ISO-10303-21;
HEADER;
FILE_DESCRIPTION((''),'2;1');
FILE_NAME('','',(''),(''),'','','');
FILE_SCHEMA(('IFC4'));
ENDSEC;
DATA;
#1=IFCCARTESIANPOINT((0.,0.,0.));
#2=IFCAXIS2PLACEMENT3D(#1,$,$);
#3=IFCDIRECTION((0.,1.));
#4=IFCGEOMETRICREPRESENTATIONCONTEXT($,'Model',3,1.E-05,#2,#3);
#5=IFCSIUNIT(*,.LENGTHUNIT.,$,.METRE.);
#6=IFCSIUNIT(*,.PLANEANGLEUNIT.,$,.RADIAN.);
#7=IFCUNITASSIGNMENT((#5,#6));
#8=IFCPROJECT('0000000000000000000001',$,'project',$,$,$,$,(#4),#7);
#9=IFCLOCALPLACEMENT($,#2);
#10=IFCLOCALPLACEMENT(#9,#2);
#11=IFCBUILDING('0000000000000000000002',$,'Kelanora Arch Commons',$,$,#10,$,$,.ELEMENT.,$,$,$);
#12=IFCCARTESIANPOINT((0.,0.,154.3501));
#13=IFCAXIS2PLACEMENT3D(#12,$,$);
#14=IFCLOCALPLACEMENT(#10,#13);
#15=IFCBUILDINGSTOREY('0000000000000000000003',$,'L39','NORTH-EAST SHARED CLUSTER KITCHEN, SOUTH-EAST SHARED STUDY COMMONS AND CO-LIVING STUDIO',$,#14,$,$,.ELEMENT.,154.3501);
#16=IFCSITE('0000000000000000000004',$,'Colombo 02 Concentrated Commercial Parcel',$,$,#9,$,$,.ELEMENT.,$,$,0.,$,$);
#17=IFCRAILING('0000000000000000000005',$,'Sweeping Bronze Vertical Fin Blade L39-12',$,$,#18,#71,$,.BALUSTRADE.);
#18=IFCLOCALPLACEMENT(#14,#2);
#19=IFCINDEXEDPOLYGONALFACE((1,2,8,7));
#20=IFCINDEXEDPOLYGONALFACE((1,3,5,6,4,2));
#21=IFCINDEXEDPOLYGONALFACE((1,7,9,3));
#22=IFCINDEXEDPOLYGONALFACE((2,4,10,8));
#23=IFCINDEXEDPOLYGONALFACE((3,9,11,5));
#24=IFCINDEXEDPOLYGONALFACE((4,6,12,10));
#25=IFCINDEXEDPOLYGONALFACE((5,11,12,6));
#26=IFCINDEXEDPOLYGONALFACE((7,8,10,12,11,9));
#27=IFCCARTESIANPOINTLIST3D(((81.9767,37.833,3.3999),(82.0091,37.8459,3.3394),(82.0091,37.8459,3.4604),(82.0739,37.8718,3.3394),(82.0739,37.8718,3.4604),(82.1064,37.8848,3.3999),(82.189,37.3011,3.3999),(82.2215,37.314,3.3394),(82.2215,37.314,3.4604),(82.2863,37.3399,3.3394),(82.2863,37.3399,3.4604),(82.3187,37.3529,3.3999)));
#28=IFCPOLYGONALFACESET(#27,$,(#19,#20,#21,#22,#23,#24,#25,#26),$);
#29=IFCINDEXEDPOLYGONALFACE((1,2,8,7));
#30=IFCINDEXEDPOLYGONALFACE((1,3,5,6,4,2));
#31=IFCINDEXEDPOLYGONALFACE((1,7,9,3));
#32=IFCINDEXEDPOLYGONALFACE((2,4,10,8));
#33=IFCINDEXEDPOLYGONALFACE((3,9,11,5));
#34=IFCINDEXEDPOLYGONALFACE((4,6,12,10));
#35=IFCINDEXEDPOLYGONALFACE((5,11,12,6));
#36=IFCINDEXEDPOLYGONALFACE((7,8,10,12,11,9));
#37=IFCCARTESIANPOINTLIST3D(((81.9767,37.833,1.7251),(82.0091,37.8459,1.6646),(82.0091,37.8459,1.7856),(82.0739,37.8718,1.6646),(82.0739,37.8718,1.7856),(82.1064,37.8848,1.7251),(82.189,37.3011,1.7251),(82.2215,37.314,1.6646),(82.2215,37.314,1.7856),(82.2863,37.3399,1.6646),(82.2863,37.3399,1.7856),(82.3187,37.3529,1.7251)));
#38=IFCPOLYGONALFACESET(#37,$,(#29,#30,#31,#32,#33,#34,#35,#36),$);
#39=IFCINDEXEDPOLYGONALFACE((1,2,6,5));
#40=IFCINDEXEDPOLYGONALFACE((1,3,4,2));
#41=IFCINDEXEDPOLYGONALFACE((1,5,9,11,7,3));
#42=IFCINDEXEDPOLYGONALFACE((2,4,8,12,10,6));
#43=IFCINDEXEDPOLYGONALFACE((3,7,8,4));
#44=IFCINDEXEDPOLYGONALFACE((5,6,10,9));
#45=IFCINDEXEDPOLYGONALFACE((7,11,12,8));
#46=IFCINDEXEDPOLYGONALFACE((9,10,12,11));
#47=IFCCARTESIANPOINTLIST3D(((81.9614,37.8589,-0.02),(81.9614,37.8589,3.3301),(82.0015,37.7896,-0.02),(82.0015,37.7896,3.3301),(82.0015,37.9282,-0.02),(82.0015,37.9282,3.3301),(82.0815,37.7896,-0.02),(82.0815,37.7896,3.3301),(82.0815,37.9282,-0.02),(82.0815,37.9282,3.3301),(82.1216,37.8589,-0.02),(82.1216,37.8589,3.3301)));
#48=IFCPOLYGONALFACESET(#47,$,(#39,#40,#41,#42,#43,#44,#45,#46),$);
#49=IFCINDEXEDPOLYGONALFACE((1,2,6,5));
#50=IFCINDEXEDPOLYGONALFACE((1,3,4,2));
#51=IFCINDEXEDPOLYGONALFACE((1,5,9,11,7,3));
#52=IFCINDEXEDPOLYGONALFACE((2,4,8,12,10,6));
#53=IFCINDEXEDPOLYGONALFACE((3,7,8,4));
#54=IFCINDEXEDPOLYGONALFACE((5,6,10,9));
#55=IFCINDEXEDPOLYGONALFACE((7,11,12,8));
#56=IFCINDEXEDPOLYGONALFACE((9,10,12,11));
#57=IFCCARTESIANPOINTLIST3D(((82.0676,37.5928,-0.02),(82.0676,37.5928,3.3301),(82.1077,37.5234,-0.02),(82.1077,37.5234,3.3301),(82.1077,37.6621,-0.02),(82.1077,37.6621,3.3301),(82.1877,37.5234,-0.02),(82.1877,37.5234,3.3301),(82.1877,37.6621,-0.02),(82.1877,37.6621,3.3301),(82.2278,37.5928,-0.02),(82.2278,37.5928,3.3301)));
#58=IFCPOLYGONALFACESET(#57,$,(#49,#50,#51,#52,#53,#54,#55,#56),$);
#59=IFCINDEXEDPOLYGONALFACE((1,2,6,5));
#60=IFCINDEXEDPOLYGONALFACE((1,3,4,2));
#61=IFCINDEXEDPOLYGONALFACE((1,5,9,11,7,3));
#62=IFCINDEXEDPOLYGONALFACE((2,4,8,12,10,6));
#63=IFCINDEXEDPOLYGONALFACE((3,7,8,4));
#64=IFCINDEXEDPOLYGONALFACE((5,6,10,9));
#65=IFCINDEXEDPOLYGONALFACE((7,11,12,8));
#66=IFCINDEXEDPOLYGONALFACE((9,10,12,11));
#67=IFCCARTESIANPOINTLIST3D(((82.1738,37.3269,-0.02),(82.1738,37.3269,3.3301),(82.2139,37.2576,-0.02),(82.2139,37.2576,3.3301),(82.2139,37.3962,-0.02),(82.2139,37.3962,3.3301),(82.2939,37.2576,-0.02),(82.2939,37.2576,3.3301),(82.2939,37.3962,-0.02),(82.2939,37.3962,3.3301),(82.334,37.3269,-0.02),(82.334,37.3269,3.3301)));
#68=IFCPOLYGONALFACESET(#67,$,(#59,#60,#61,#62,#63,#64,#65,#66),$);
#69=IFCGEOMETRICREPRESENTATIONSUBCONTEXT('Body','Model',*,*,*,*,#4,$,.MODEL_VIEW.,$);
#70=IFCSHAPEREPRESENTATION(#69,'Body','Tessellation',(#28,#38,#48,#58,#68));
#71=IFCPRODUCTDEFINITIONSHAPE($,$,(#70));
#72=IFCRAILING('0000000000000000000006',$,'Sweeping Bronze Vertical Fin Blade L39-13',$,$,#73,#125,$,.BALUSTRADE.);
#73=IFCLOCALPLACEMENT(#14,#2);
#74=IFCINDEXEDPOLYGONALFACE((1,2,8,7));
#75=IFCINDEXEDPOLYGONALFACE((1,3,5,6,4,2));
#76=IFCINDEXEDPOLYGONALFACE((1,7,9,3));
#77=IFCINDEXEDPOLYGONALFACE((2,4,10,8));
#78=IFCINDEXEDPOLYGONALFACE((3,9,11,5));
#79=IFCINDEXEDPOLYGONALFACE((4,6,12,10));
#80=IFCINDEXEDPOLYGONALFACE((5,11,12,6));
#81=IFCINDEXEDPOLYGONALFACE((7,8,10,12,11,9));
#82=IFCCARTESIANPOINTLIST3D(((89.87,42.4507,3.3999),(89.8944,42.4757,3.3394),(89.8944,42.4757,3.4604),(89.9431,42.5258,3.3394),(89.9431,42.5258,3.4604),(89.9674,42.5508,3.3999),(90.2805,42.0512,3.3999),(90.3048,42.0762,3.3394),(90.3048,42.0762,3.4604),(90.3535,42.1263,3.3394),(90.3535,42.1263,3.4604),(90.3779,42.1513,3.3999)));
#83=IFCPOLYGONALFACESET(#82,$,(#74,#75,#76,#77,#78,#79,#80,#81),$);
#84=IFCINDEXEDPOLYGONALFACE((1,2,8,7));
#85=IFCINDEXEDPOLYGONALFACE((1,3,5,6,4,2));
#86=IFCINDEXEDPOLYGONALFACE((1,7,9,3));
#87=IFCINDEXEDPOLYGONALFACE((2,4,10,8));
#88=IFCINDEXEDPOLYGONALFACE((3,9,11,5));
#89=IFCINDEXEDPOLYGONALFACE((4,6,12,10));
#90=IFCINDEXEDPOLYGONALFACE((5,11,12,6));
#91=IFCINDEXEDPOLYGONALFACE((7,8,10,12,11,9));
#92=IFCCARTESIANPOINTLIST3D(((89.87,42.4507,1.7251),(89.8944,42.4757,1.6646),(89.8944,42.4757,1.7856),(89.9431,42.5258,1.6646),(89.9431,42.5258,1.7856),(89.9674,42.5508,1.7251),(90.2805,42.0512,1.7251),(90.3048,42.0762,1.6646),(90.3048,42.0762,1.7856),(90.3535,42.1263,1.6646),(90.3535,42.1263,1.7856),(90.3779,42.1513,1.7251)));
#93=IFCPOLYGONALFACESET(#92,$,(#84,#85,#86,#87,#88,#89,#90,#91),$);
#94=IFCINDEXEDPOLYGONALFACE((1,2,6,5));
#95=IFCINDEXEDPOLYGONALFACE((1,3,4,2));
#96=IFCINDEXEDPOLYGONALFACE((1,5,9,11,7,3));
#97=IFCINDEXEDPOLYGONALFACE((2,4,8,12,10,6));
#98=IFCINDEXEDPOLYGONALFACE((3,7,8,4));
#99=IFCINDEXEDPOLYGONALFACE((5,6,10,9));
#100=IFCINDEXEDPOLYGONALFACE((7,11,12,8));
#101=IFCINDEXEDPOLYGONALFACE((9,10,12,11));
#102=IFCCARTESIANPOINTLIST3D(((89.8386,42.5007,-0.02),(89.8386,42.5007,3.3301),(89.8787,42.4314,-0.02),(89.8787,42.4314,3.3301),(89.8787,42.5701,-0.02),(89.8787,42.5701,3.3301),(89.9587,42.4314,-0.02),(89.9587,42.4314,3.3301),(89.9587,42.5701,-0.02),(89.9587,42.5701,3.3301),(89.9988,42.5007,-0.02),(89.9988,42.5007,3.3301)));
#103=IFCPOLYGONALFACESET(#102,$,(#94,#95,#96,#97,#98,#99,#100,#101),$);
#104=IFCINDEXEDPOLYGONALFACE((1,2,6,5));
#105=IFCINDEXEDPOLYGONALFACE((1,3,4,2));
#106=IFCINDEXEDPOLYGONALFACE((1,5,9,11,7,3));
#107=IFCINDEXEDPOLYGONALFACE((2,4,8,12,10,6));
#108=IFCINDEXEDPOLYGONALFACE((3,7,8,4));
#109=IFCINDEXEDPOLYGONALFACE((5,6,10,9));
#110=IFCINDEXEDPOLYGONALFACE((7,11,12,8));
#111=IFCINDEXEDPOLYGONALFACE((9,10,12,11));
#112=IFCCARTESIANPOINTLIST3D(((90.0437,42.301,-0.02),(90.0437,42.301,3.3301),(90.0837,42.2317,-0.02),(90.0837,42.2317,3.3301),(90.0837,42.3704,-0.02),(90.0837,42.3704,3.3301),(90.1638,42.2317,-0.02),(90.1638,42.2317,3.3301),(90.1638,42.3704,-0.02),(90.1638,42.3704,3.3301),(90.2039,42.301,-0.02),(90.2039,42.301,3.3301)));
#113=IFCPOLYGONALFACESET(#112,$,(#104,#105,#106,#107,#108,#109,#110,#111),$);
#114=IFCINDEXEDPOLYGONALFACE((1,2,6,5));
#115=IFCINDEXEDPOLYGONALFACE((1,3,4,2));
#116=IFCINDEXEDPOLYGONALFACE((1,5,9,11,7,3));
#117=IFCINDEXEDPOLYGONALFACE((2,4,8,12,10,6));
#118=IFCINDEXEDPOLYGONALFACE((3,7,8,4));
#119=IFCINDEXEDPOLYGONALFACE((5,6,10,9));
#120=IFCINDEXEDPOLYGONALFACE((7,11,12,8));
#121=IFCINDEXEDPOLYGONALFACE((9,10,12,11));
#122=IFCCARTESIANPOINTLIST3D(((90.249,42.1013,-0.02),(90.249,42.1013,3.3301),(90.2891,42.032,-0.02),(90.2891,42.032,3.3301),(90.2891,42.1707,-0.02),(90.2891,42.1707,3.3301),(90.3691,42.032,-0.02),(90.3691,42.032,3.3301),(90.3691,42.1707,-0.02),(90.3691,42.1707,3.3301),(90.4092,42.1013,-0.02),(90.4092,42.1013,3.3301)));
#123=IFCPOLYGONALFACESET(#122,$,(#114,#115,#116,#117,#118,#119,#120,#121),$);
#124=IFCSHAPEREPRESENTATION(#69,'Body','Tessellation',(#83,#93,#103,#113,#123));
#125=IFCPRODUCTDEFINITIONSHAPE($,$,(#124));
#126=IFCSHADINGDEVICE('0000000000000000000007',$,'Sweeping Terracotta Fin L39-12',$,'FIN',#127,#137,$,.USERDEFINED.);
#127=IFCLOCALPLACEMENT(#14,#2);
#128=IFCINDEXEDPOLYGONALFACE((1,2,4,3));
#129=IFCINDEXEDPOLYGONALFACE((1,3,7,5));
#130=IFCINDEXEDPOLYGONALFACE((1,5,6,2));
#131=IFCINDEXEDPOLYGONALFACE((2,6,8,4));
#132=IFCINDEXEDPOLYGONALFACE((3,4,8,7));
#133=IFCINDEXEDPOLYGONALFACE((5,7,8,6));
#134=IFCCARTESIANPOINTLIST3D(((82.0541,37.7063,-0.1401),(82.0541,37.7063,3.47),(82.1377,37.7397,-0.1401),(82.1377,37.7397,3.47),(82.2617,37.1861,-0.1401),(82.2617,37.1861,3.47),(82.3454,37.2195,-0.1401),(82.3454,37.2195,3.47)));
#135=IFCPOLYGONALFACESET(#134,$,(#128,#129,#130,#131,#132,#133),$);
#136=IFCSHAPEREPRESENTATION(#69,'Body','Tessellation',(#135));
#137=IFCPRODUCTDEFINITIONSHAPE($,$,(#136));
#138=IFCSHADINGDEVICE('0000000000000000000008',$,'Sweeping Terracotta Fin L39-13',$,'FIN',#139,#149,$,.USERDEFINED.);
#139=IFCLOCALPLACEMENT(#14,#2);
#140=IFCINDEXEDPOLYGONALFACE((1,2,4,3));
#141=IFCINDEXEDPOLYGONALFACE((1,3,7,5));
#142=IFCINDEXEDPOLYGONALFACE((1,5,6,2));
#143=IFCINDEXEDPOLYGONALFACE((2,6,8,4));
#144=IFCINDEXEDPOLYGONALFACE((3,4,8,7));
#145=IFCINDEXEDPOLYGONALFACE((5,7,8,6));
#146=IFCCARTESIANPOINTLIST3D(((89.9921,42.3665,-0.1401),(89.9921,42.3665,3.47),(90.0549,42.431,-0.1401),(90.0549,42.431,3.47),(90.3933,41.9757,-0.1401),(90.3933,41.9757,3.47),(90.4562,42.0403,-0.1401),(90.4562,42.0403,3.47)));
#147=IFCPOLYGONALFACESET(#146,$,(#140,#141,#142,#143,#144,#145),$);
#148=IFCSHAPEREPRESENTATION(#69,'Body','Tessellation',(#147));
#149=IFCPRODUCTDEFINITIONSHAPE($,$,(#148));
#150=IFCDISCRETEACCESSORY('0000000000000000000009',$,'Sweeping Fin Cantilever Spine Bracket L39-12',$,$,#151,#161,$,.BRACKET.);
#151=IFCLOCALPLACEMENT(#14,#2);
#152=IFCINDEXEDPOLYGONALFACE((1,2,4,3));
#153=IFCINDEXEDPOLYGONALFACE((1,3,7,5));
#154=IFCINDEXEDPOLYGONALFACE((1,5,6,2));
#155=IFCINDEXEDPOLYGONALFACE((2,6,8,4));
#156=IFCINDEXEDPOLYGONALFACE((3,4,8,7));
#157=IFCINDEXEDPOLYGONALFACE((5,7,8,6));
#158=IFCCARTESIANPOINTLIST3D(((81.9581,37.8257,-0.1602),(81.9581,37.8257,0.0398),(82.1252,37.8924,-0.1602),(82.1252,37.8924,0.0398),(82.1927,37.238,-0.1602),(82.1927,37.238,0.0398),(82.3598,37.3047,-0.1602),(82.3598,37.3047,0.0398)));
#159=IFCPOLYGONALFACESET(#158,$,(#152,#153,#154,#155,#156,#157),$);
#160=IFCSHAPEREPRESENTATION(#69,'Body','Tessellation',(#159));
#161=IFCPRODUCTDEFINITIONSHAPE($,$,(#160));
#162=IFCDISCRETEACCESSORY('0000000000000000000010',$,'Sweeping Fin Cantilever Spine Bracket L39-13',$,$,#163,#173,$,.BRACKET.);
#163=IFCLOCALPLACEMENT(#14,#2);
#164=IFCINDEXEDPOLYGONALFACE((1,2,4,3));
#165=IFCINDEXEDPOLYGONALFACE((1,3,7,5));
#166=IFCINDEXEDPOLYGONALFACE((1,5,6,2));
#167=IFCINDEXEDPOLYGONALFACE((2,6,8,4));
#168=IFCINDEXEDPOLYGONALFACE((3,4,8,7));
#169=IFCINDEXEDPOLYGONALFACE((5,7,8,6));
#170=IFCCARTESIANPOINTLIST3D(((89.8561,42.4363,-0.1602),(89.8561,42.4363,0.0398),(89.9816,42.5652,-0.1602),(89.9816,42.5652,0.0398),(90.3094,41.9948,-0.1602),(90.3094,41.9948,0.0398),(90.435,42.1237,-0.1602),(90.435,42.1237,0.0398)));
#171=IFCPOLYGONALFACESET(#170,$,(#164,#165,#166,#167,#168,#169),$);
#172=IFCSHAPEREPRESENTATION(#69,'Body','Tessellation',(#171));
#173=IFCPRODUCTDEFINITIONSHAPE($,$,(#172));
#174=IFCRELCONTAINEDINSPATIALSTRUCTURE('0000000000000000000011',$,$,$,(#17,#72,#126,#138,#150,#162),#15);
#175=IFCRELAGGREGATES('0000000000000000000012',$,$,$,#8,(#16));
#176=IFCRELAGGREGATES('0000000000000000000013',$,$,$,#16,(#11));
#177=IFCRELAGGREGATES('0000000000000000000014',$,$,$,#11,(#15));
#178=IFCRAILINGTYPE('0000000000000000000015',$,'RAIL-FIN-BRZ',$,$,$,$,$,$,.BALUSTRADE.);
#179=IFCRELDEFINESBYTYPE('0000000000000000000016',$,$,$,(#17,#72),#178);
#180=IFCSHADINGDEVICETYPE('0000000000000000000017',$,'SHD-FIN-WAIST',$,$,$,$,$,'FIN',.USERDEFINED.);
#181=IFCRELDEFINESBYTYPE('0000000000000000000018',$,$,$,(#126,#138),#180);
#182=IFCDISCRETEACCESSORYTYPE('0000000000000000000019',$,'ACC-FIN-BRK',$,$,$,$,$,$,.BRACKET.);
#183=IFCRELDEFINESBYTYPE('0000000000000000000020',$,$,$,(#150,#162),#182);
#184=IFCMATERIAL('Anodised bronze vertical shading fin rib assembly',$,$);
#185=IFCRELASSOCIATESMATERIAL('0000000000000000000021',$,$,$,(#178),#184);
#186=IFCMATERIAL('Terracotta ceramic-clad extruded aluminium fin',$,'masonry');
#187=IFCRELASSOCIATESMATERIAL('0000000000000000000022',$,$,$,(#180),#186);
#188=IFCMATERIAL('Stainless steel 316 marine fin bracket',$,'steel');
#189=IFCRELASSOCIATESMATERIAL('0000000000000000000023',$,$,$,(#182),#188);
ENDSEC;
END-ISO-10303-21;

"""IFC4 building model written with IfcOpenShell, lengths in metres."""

from ifc_helpers import new_model, si_unit, direction, frame, origin, origin_2d, place, context, subcontext, project, spatial, polyline, rectangle, outline, extrude, source, transform, mapped, material, type_object, element, save


model = new_model("IFC4")

# Units and contexts
model_context = context("Model", 3, precision=1e-05, world=origin(), true_north=direction((0.0, 1.0)))
body_context = subcontext(model_context, "Body", "Model", "MODEL_VIEW")
ifc_project = project(units=[si_unit("LENGTHUNIT", "METRE"), si_unit("PLANEANGLEUNIT", "RADIAN")], contexts=[model_context])

# Site, building, storey
site_placement = place(None, origin())
site = spatial("IfcSite", under=ifc_project, at=site_placement, Name="Colombo 02 Concentrated Commercial Parcel", CompositionType="ELEMENT", RefElevation=0.0)
building_placement = place(site_placement, origin())
building = spatial("IfcBuilding", under=site, at=building_placement, Name="Kelanora Arch Commons", CompositionType="ELEMENT")
storey_placement = place(building_placement, frame((0.0, 0.0, 154.3501)))
storey = spatial("IfcBuildingStorey", under=building, at=storey_placement, Name="L39", Description="NORTH-EAST SHARED CLUSTER KITCHEN, SOUTH-EAST SHARED STUDY COMMONS AND CO-LIVING STUDIO", CompositionType="ELEMENT", Elevation=154.3501)

# Railings
ifc_material_1 = material(Name="Anodised bronze vertical shading fin rib assembly")
railing_type = type_object("IfcRailingType", Name="RAIL-FIN-BRZ", PredefinedType="BALUSTRADE", material=ifc_material_1)
railing_1_placement = place(storey_placement, frame((82.0415, 37.8589, -0.02)))
element("IfcRailing", 1, at=railing_1_placement, inside=storey, type_object=railing_type, Name="Sweeping Bronze Vertical Fin Blade L39-12", PredefinedType="BALUSTRADE", context=body_context, shape_type="SweptSolid", body=[
    extrude(outline(polyline([(0.0698, 0.0), (0.0349, 0.0605), (-0.0349, 0.0605), (-0.0698, 0.0), (-0.0349, -0.0605), (0.0349, -0.0605), (0.0698, 0.0)])), frame((0.0, 0.0, 3.4199), z_axis=(0.370803, -0.928712, 0.0), x_axis=(0.928712, 0.370803, 0.0)), (0.0, 0.0, 1.0), 0.5728),
    extrude(outline(polyline([(0.0698, 0.0), (0.0349, 0.0605), (-0.0349, 0.0605), (-0.0698, 0.0), (-0.0349, -0.0605), (0.0349, -0.0605), (0.0698, 0.0)])), frame((0.0, 0.0, 1.7451), z_axis=(0.370803, -0.928712, 0.0), x_axis=(0.928712, 0.370803, 0.0)), (0.0, 0.0, 1.0), 0.5728),
    extrude(outline(polyline([(0.0801, 0.0), (0.04, 0.0693), (-0.04, 0.0693), (-0.0801, 0.0), (-0.04, -0.0693), (0.04, -0.0693), (0.0801, 0.0)])), origin(), (0.0, 0.0, 1.0), 3.3501),
    extrude(outline(polyline([(0.0801, 0.0), (0.04, 0.0693), (-0.04, 0.0693), (-0.0801, 0.0), (-0.04, -0.0693), (0.04, -0.0693), (0.0801, 0.0)])), frame((0.1062, -0.2661, 0.0)), (0.0, 0.0, 1.0), 3.3501),
    extrude(outline(polyline([(0.0801, 0.0), (0.04, 0.0693), (-0.04, 0.0693), (-0.0801, 0.0), (-0.04, -0.0693), (0.04, -0.0693), (0.0801, 0.0)])), frame((0.2124, -0.532, 0.0)), (0.0, 0.0, 1.0), 3.3501),
])
railing_2_placement = place(storey_placement, frame((89.9187, 42.5007, -0.02)))
element("IfcRailing", 2, at=railing_2_placement, inside=storey, type_object=railing_type, Name="Sweeping Bronze Vertical Fin Blade L39-13", PredefinedType="BALUSTRADE", context=body_context, shape_type="SweptSolid", body=[
    extrude(outline(polyline([(0.0698, 0.0), (0.0349, 0.0605), (-0.0349, 0.0605), (-0.0698, 0.0), (-0.0349, -0.0605), (0.0349, -0.0605), (0.0698, 0.0)])), frame((0.0, 0.0, 3.4199), z_axis=(0.716634, -0.69745, 0.0), x_axis=(0.69745, 0.716634, 0.0)), (0.0, 0.0, 1.0), 0.5728),
    extrude(outline(polyline([(0.0698, 0.0), (0.0349, 0.0605), (-0.0349, 0.0605), (-0.0698, 0.0), (-0.0349, -0.0605), (0.0349, -0.0605), (0.0698, 0.0)])), frame((0.0, 0.0, 1.7451), z_axis=(0.716634, -0.69745, 0.0), x_axis=(0.69745, 0.716634, 0.0)), (0.0, 0.0, 1.0), 0.5728),
    extrude(outline(polyline([(0.0801, 0.0), (0.04, 0.0693), (-0.04, 0.0693), (-0.0801, 0.0), (-0.04, -0.0693), (0.04, -0.0693), (0.0801, 0.0)])), origin(), (0.0, 0.0, 1.0), 3.3501),
    extrude(outline(polyline([(0.0801, 0.0), (0.04, 0.0693), (-0.04, 0.0693), (-0.0801, 0.0), (-0.04, -0.0693), (0.04, -0.0693), (0.0801, 0.0)])), frame((0.2051, -0.1997, 0.0)), (0.0, 0.0, 1.0), 3.3501),
    extrude(outline(polyline([(0.0801, 0.0), (0.04, 0.0693), (-0.04, 0.0693), (-0.0801, 0.0), (-0.04, -0.0693), (0.04, -0.0693), (0.0801, 0.0)])), frame((0.4104, -0.3994, 0.0)), (0.0, 0.0, 1.0), 3.3501),
])

# Shading devices
ifc_material_2 = material(Name="Terracotta ceramic-clad extruded aluminium fin", Category="masonry")
shading_device_type = type_object("IfcShadingDeviceType", Name="SHD-FIN-WAIST", ElementType="FIN", PredefinedType="USERDEFINED", material=ifc_material_2)
shared_shape_1 = source(origin(), body_context, "Body", "SweptSolid", [
    extrude(rectangle(XDim=0.5601, YDim=0.0901, at=origin_2d()), origin(), (0.0, 0.0, 1.0), 3.6101),
])
for number, where, z_axis, x_axis, name in (
    (3, (82.1997, 37.4629, -0.1401), (0.0, 0.0, 1.0), (0.37072, -0.928745, 0.0), "Sweeping Terracotta Fin L39-12"),
    (4, (90.2241, 42.2034, -0.1401), (0.0, 0.0, 1.0), (0.716424, -0.697665, 0.0), "Sweeping Terracotta Fin L39-13"),
):
    element("IfcShadingDevice", number, at=place(storey_placement, frame(where, z_axis=z_axis, x_axis=x_axis)), inside=storey, type_object=shading_device_type, Name=name, ObjectType="FIN", PredefinedType="USERDEFINED", context=body_context, shape_type="MappedRepresentation", body=[
        mapped(shared_shape_1, transform((0.0, 0.0, 0.0), scale=1.0)),
    ])

# Discrete accessories
ifc_material_3 = material(Name="Stainless steel 316 marine fin bracket", Category="steel")
discrete_accessory_type = type_object("IfcDiscreteAccessoryType", Name="ACC-FIN-BRK", PredefinedType="BRACKET", material=ifc_material_3)
shared_shape_2 = source(origin(), body_context, "Body", "SweptSolid", [
    extrude(rectangle(XDim=0.6328, YDim=0.1799, at=origin_2d()), origin(), (0.0, 0.0, 1.0), 0.2),
])
for number, where, z_axis, x_axis, name in (
    (5, (82.1589, 37.5652, -0.1602), (0.0, 0.0, 1.0), (0.37072, -0.928745, 0.0), "Sweeping Fin Cantilever Spine Bracket L39-12"),
    (6, (90.1455, 42.28, -0.1602), (0.0, 0.0, 1.0), (0.716424, -0.697665, 0.0), "Sweeping Fin Cantilever Spine Bracket L39-13"),
):
    element("IfcDiscreteAccessory", number, at=place(storey_placement, frame(where, z_axis=z_axis, x_axis=x_axis)), inside=storey, type_object=discrete_accessory_type, Name=name, PredefinedType="BRACKET", context=body_context, shape_type="MappedRepresentation", body=[
        mapped(shared_shape_2, transform((0.0, 0.0, 0.0), scale=1.0)),
    ])

save(model, "model.ifc")
